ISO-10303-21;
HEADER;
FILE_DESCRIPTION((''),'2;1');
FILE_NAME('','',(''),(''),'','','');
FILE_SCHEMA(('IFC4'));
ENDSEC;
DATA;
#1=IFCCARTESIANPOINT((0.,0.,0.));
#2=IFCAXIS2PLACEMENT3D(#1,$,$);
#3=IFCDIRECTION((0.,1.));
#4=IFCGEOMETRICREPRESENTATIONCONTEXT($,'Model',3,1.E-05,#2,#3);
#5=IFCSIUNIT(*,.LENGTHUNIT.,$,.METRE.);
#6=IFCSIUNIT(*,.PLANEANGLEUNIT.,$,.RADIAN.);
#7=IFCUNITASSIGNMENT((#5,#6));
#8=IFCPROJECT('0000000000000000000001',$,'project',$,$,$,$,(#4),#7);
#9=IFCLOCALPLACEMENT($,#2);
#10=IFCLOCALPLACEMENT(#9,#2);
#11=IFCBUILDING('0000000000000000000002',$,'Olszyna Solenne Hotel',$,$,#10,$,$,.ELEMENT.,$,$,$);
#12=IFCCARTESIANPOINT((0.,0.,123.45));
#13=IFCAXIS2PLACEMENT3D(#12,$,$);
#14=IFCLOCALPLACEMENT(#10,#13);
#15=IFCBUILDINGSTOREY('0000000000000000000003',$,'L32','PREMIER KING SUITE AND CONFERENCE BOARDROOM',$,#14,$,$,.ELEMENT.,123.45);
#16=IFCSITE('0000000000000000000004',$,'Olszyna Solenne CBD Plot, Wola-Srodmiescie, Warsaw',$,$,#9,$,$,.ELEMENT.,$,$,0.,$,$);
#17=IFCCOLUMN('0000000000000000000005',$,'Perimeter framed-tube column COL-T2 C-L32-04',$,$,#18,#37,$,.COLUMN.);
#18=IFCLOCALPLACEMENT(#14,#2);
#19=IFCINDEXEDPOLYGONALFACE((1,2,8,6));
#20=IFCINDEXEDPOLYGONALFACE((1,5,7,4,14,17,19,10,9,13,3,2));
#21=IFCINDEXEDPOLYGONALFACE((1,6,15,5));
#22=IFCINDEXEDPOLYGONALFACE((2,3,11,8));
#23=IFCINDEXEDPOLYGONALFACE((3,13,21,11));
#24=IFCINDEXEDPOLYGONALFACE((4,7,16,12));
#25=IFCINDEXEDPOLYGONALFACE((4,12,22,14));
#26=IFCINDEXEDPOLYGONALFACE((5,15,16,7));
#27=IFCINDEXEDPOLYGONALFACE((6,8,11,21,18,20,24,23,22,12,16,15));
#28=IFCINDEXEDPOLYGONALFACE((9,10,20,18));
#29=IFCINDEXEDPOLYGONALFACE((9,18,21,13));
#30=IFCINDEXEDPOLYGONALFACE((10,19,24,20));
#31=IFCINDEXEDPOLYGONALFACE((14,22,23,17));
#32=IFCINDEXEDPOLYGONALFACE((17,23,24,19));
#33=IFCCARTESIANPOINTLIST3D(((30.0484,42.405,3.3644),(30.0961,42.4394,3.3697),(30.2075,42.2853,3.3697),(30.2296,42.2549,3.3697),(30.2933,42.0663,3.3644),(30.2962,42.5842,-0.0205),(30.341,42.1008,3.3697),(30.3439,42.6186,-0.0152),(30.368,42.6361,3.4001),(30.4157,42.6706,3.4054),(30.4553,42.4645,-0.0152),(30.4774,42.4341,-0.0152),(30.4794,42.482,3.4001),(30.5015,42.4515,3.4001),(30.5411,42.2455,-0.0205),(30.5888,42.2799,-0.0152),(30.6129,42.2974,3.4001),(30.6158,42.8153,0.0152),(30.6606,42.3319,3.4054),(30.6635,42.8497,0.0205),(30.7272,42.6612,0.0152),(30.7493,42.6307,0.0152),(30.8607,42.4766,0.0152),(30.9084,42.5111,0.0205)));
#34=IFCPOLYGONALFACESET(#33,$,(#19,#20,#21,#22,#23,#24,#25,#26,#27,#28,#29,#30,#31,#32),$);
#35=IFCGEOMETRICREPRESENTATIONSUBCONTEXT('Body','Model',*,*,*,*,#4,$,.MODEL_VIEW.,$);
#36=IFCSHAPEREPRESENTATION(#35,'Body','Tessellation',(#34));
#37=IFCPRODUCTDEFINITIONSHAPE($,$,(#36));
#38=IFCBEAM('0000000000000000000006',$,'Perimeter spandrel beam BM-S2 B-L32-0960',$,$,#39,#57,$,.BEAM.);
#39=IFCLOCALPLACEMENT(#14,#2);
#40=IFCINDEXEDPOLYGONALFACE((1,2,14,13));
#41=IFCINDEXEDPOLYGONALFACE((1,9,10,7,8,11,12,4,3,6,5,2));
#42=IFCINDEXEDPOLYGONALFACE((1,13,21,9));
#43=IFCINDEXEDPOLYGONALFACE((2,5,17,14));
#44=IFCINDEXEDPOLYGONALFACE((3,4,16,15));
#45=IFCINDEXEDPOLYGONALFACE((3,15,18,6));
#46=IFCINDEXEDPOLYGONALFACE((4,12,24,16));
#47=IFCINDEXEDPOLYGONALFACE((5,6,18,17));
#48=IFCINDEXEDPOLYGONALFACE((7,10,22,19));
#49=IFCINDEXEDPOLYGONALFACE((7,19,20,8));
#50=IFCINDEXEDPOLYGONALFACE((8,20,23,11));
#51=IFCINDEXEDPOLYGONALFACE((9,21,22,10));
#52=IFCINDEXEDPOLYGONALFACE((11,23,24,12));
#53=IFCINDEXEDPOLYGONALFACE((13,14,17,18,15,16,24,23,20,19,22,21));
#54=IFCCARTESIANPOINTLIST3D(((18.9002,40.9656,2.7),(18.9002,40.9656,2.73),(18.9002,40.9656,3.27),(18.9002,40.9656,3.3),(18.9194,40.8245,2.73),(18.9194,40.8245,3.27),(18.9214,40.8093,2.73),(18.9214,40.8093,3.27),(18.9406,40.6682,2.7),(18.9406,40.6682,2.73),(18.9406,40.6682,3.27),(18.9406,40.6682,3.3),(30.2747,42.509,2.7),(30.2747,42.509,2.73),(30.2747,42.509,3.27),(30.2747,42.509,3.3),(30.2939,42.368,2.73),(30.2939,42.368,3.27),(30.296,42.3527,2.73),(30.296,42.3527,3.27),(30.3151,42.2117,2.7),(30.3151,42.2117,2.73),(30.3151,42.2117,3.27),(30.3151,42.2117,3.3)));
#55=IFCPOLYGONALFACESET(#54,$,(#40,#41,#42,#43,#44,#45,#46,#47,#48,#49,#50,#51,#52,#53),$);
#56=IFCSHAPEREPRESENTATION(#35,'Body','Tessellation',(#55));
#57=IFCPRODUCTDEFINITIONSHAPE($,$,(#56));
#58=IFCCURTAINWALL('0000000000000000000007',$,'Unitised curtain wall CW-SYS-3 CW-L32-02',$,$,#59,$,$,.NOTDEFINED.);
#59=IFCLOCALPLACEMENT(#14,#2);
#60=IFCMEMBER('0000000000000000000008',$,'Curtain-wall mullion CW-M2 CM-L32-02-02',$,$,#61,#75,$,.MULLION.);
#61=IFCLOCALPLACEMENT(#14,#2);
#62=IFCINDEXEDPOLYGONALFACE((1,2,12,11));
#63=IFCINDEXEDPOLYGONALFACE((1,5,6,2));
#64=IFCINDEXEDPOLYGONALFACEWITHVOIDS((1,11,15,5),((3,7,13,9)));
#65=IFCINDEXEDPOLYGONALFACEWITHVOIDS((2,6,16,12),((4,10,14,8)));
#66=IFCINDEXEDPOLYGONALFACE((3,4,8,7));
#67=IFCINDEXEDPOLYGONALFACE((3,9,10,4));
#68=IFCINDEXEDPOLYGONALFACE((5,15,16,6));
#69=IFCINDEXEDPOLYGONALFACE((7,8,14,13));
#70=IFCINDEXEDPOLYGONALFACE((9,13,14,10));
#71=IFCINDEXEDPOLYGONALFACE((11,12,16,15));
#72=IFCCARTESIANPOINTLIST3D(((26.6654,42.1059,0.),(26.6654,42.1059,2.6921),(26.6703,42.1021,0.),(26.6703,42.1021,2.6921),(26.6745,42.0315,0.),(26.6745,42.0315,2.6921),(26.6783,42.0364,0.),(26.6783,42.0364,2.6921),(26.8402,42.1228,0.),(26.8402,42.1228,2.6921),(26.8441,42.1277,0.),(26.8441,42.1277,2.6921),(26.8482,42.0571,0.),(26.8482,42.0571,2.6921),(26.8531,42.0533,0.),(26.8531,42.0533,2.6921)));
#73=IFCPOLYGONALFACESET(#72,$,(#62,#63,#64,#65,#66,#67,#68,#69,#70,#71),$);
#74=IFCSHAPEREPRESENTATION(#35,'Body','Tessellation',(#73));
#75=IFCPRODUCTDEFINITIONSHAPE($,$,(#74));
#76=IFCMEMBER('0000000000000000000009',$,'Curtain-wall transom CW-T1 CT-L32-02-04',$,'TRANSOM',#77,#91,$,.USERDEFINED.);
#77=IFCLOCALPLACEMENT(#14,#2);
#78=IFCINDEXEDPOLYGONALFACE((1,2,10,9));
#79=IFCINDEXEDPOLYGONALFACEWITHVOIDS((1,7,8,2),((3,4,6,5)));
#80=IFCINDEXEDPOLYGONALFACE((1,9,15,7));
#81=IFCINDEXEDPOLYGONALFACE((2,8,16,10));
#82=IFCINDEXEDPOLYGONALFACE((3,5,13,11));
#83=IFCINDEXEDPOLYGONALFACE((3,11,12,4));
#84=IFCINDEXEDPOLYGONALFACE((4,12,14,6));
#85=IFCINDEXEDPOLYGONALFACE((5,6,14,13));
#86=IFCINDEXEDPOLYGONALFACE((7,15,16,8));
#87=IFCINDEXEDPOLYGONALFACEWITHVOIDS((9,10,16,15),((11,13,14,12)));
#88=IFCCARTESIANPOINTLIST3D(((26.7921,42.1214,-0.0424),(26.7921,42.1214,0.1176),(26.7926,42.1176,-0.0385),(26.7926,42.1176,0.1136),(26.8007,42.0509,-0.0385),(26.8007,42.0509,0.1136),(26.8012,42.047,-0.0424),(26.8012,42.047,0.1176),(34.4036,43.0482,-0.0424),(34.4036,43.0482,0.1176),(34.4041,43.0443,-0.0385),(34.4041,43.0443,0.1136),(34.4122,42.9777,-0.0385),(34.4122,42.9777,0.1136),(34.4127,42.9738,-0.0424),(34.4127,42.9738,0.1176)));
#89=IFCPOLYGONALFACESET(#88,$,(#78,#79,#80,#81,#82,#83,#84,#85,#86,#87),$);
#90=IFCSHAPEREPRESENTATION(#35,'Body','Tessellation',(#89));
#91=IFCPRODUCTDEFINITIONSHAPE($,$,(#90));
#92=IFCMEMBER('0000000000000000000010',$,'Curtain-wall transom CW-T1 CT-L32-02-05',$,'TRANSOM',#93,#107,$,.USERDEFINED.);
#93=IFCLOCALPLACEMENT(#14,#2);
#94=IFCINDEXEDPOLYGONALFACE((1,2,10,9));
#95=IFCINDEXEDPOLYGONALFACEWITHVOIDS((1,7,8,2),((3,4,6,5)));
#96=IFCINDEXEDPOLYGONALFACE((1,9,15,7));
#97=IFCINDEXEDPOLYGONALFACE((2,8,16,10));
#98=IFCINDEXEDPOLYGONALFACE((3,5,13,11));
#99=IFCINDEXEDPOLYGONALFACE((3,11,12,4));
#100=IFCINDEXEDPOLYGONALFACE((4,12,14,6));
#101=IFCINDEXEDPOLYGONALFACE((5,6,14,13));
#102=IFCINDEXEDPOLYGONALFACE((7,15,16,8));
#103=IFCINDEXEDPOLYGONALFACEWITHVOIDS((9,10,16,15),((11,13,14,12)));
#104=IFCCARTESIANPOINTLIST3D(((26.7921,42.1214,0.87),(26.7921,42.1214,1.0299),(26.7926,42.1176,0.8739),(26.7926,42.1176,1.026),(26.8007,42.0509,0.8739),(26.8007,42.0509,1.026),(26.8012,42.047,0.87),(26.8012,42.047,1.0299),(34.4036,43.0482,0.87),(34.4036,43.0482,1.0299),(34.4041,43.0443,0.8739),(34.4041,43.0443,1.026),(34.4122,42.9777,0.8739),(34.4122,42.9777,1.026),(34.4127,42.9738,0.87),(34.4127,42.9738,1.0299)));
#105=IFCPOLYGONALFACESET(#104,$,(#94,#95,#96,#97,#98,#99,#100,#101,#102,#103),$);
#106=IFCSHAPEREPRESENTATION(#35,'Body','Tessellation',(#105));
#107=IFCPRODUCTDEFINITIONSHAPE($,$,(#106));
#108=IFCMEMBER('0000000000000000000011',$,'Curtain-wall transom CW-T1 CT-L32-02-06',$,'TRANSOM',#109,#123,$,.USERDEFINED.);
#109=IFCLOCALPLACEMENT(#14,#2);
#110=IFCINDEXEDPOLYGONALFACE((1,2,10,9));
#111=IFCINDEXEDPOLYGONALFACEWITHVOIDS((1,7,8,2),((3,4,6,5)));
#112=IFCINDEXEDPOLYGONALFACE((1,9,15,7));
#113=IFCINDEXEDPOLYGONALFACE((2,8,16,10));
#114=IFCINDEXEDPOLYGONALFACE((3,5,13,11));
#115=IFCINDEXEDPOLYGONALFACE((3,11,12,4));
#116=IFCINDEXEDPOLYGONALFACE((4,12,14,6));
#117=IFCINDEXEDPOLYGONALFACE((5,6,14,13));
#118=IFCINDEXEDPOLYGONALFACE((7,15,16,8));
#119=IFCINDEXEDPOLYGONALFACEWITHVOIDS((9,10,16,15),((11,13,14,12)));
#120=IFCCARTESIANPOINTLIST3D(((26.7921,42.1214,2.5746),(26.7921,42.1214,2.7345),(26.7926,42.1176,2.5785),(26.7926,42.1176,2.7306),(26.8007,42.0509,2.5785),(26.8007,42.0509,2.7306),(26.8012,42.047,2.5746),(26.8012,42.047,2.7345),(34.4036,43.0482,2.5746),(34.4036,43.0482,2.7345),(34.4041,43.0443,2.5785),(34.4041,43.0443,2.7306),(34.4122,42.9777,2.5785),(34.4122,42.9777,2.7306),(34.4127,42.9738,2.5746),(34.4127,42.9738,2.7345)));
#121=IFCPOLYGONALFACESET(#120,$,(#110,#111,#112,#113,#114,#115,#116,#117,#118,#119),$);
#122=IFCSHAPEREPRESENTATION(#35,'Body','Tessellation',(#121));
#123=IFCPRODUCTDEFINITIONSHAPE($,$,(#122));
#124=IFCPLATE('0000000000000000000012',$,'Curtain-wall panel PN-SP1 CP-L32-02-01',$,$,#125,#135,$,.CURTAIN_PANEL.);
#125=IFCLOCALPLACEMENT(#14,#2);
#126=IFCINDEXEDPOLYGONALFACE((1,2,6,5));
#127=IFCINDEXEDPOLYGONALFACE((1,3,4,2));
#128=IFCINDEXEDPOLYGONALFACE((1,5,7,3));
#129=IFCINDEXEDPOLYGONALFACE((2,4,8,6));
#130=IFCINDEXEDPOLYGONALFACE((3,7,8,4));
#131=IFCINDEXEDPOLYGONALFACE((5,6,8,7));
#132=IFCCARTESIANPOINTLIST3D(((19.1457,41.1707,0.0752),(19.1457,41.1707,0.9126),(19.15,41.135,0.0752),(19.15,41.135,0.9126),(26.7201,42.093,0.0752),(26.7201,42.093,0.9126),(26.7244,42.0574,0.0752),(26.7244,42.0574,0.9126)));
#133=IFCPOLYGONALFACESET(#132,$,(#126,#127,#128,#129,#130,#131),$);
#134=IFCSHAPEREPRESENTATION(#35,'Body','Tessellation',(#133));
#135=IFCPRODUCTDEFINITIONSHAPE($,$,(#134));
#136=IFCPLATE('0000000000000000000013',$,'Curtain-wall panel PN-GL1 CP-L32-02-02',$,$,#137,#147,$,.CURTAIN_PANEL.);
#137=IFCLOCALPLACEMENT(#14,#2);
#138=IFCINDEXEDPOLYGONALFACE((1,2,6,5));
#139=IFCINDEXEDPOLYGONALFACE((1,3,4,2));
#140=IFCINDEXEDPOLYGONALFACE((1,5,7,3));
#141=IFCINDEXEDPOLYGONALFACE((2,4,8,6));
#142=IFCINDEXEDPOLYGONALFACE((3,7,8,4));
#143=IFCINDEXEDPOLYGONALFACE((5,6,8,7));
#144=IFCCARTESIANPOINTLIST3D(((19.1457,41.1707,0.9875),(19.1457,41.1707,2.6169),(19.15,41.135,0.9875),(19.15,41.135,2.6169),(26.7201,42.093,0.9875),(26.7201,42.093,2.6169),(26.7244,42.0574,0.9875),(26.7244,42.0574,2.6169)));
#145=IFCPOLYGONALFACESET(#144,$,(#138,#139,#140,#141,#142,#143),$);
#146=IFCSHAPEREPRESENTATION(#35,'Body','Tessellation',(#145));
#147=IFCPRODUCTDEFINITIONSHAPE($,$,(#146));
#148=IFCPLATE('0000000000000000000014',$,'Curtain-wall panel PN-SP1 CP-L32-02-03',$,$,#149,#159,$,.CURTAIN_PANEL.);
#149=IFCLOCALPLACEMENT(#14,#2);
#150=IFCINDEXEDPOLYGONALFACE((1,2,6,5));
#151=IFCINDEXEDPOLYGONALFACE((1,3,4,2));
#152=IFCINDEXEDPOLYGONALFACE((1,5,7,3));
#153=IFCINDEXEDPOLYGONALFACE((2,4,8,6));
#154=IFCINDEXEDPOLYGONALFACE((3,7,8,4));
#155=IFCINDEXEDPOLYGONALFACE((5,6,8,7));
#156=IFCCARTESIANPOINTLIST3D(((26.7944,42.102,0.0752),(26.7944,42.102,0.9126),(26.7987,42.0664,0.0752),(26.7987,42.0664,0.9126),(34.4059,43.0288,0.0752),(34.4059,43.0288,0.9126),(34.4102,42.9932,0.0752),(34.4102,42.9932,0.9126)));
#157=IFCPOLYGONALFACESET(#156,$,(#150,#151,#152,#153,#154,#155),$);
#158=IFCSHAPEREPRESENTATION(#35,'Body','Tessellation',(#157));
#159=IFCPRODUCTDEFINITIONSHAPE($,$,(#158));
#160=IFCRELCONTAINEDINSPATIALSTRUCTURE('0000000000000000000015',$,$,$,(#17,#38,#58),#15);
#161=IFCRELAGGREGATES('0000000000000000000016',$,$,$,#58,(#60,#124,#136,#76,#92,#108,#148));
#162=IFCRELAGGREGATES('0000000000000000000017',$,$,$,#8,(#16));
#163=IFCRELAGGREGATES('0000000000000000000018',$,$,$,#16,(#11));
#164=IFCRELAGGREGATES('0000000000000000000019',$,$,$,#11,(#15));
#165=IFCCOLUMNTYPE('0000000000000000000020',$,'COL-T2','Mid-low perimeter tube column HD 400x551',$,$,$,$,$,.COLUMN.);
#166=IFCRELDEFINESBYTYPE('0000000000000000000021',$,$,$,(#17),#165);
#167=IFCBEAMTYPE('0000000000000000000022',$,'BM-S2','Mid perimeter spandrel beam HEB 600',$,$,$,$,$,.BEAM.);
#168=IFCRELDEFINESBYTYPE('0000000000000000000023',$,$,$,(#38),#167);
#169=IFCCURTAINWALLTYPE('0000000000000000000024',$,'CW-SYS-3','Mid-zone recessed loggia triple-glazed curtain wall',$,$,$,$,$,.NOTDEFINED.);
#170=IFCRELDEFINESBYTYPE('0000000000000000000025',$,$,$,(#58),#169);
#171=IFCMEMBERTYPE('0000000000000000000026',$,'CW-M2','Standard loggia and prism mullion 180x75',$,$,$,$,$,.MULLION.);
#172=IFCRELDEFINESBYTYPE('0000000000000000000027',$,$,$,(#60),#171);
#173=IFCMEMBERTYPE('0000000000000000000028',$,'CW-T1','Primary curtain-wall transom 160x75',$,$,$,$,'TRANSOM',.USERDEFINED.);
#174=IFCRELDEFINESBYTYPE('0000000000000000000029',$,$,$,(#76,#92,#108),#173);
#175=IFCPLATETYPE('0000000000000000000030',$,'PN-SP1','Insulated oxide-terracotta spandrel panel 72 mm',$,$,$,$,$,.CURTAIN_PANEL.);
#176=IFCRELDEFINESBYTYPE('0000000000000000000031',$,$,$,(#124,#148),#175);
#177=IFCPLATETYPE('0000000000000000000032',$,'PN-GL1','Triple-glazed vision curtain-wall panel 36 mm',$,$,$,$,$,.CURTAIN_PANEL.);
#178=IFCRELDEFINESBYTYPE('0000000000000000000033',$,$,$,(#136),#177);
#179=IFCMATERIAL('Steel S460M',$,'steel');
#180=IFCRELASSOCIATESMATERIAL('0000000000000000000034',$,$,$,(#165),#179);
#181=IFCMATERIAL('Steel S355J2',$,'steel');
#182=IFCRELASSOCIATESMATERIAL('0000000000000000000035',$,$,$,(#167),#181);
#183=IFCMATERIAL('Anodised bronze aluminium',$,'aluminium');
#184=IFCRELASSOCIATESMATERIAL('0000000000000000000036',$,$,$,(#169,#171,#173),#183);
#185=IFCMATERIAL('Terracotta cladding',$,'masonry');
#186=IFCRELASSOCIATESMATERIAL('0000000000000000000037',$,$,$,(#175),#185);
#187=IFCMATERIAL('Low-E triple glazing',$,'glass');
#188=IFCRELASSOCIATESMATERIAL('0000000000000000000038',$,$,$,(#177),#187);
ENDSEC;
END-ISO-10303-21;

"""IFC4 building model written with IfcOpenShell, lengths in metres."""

from ifc_helpers import new_model, si_unit, direction, frame, origin, origin_2d, place, context, subcontext, project, spatial, rectangle, hollow_rectangle, i_section, extrude, source, transform, mapped, material, material_profile, profile_set, type_object, element, aggregate, save


model = new_model("IFC4")

# Units and contexts
model_context = context("Model", 3, precision=1e-05, world=origin(), true_north=direction((0.0, 1.0)))
body_context = subcontext(model_context, "Body", "Model", "MODEL_VIEW")
ifc_project = project(units=[si_unit("LENGTHUNIT", "METRE"), si_unit("PLANEANGLEUNIT", "RADIAN")], contexts=[model_context])

# Site, building, storey
site_placement = place(None, origin())
site = spatial("IfcSite", under=ifc_project, at=site_placement, Name="Olszyna Solenne CBD Plot, Wola-Srodmiescie, Warsaw", CompositionType="ELEMENT", RefElevation=0.0)
building_placement = place(site_placement, origin())
building = spatial("IfcBuilding", under=site, at=building_placement, Name="Olszyna Solenne Hotel", CompositionType="ELEMENT")
storey_placement = place(building_placement, frame((0.0, 0.0, 123.45)))
storey = spatial("IfcBuildingStorey", under=building, at=storey_placement, Name="L32", Description="PREMIER KING SUITE AND CONFERENCE BOARDROOM", CompositionType="ELEMENT", Elevation=123.45)

# Column
ifc_material_1 = material(Name="Steel S460M", Category="steel")
ifc_material_profile_1 = material_profile(ifc_material_1, i_section(OverallWidth=0.418, OverallDepth=0.4551, WebThickness=0.0376, FlangeThickness=0.0591, at=origin_2d()), Name="HD 400x551", Category="load-bearing")
ifc_profile_set_1 = profile_set([ifc_material_profile_1], Name="Steel S460M")
column_type = type_object("IfcColumnType", Name="COL-T2", Description="Mid-low perimeter tube column HD 400x551", PredefinedType="COLUMN", material=ifc_profile_set_1)
shared_shape_1 = source(origin(), body_context, "Body", "SweptSolid", [
    extrude(i_section(OverallWidth=0.418, OverallDepth=0.4551, WebThickness=0.0376, FlangeThickness=0.0591, at=origin_2d()), origin(), (0.0, 0.0, 1.0), 3.3987),
])
column_placement = place(storey_placement, frame((30.6023, 42.5476, 0.0), z_axis=(-0.072909, -0.052724, 0.995944), x_axis=(0.585986, -0.810321, 0.0)))
element("IfcColumn", 1, at=column_placement, inside=storey, type_object=column_type, Name="Perimeter framed-tube column COL-T2 C-L32-04", PredefinedType="COLUMN", context=body_context, shape_type="MappedRepresentation", body=[
    mapped(shared_shape_1, transform((0.0, 0.0, 0.0), x_axis=(1.0, 0.0, 0.0), y_axis=(0.0, 1.0, 0.0), z_axis=(0.0, 0.0, 1.0), scale=1.0)),
])

# Beam
ifc_material_2 = material(Name="Steel S355J2", Category="steel")
ifc_material_profile_2 = material_profile(ifc_material_2, i_section(OverallWidth=0.3, OverallDepth=0.6001, WebThickness=0.0154, FlangeThickness=0.03, at=origin_2d()), Name="HEB 600", Category="load-bearing")
ifc_profile_set_2 = profile_set([ifc_material_profile_2], Name="Steel S355J2")
beam_type = type_object("IfcBeamType", Name="BM-S2", Description="Mid perimeter spandrel beam HEB 600", PredefinedType="BEAM", material=ifc_profile_set_2)
shared_shape_2 = source(origin(), body_context, "Body", "SweptSolid", [
    extrude(i_section(OverallWidth=0.3, OverallDepth=0.6001, WebThickness=0.0154, FlangeThickness=0.03, at=origin_2d()), origin(), (0.0, 0.0, 1.0), 11.4788),
])
beam_placement = place(storey_placement, frame((30.2949, 42.3604, 3.0), z_axis=(-0.990919, -0.134462, 0.0), x_axis=(0.134462, -0.990919, 0.0)))
element("IfcBeam", 2, at=beam_placement, inside=storey, type_object=beam_type, Name="Perimeter spandrel beam BM-S2 B-L32-0960", PredefinedType="BEAM", context=body_context, shape_type="MappedRepresentation", body=[
    mapped(shared_shape_2, transform((0.0, 0.0, 0.0), x_axis=(1.0, 0.0, 0.0), y_axis=(0.0, 1.0, 0.0), z_axis=(0.0, 0.0, 1.0), scale=1.0)),
])

# Curtain wall, members, plates
ifc_material_3 = material(Name="Anodised bronze aluminium", Category="aluminium")
curtain_wall_type = type_object("IfcCurtainWallType", Name="CW-SYS-3", Description="Mid-zone recessed loggia triple-glazed curtain wall", PredefinedType="NOTDEFINED", material=ifc_material_3)
curtain_wall_placement = place(storey_placement, origin())
curtain_wall = element("IfcCurtainWall", 3, at=curtain_wall_placement, inside=storey, type_object=curtain_wall_type, Name="Unitised curtain wall CW-SYS-3 CW-L32-02", PredefinedType="NOTDEFINED")
ifc_material_profile_3 = material_profile(ifc_material_3, hollow_rectangle(XDim=0.075, YDim=0.1799, WallThickness=0.0044, at=origin_2d()), Name="MULL 180x75x4.5", Category="load-bearing")
ifc_profile_set_3 = profile_set([ifc_material_profile_3], Name="Anodised bronze aluminium")
member_type_1 = type_object("IfcMemberType", Name="CW-M2", Description="Standard loggia and prism mullion 180x75", PredefinedType="MULLION", material=ifc_profile_set_3)
shared_shape_3 = source(origin(), body_context, "Body", "SweptSolid", [
    extrude(hollow_rectangle(XDim=0.075, YDim=0.1799, WallThickness=0.0044, at=origin_2d()), origin(), (0.0, 0.0, 1.0), 2.6921),
])
member_1_placement = place(storey_placement, frame((26.7593, 42.0796, 0.0), z_axis=(0.0, 0.0, 1.0), x_axis=(-0.120877, 0.992667, 0.0)))
member_1 = element("IfcMember", 4, at=member_1_placement, type_object=member_type_1, Name="Curtain-wall mullion CW-M2 CM-L32-02-02", PredefinedType="MULLION", context=body_context, shape_type="MappedRepresentation", body=[
    mapped(shared_shape_3, transform((0.0, 0.0, 0.0), x_axis=(1.0, 0.0, 0.0), y_axis=(0.0, 1.0, 0.0), z_axis=(0.0, 0.0, 1.0), scale=1.0)),
])
ifc_material_profile_4 = material_profile(ifc_material_3, hollow_rectangle(XDim=0.075, YDim=0.1599, WallThickness=0.0039, at=origin_2d()), Name="TRAN 160x75x4", Category="load-bearing")
ifc_profile_set_4 = profile_set([ifc_material_profile_4], Name="Anodised bronze aluminium")
member_type_2 = type_object("IfcMemberType", Name="CW-T1", Description="Primary curtain-wall transom 160x75", ElementType="TRANSOM", PredefinedType="USERDEFINED", material=ifc_profile_set_4)
shared_shape_4 = source(origin(), body_context, "Body", "SweptSolid", [
    extrude(hollow_rectangle(XDim=0.075, YDim=0.1599, WallThickness=0.0039, at=origin_2d()), origin(), (0.0, 0.0, 1.0), 7.6677),
])
member_2_placement = place(storey_placement, frame((26.7966, 42.0842, 0.0376), z_axis=(0.992669, 0.120864, 0.0), x_axis=(-0.120864, 0.992669, 0.0)))
member_2 = element("IfcMember", 5, at=member_2_placement, type_object=member_type_2, Name="Curtain-wall transom CW-T1 CT-L32-02-04", ObjectType="TRANSOM", PredefinedType="USERDEFINED", context=body_context, shape_type="MappedRepresentation", body=[
    mapped(shared_shape_4, transform((0.0, 0.0, 0.0), x_axis=(1.0, 0.0, 0.0), y_axis=(0.0, 1.0, 0.0), z_axis=(0.0, 0.0, 1.0), scale=1.0)),
])
member_3_placement = place(storey_placement, frame((26.7966, 42.0842, 0.95), z_axis=(0.992669, 0.120864, 0.0), x_axis=(-0.120864, 0.992669, 0.0)))
member_3 = element("IfcMember", 6, at=member_3_placement, type_object=member_type_2, Name="Curtain-wall transom CW-T1 CT-L32-02-05", ObjectType="TRANSOM", PredefinedType="USERDEFINED", context=body_context, shape_type="MappedRepresentation", body=[
    mapped(shared_shape_4, transform((0.0, 0.0, 0.0), x_axis=(1.0, 0.0, 0.0), y_axis=(0.0, 1.0, 0.0), z_axis=(0.0, 0.0, 1.0), scale=1.0)),
])
member_4_placement = place(storey_placement, frame((26.7966, 42.0842, 2.6545), z_axis=(0.992669, 0.120864, 0.0), x_axis=(-0.120864, 0.992669, 0.0)))
member_4 = element("IfcMember", 7, at=member_4_placement, type_object=member_type_2, Name="Curtain-wall transom CW-T1 CT-L32-02-06", ObjectType="TRANSOM", PredefinedType="USERDEFINED", context=body_context, shape_type="MappedRepresentation", body=[
    mapped(shared_shape_4, transform((0.0, 0.0, 0.0), x_axis=(1.0, 0.0, 0.0), y_axis=(0.0, 1.0, 0.0), z_axis=(0.0, 0.0, 1.0), scale=1.0)),
])
ifc_material_4 = material(Name="Terracotta cladding", Category="masonry")
plate_type_1 = type_object("IfcPlateType", Name="PN-SP1", Description="Insulated oxide-terracotta spandrel panel 72 mm", PredefinedType="CURTAIN_PANEL", material=ifc_material_4)
shared_shape_5 = source(origin(), body_context, "Body", "SweptSolid", [
    extrude(rectangle(XDim=7.6304, YDim=0.0359, at=origin_2d()), origin(), (0.0, 0.0, 1.0), 0.8374),
])
plate_1_placement = place(storey_placement, frame((22.9351, 41.614, 0.0752), z_axis=(0.0, 0.0, 1.0), x_axis=(0.992667, 0.120877, 0.0)))
plate_1 = element("IfcPlate", 8, at=plate_1_placement, type_object=plate_type_1, Name="Curtain-wall panel PN-SP1 CP-L32-02-01", PredefinedType="CURTAIN_PANEL", context=body_context, shape_type="MappedRepresentation", body=[
    mapped(shared_shape_5, transform((0.0, 0.0, 0.0), x_axis=(1.0, 0.0, 0.0), y_axis=(0.0, 1.0, 0.0), z_axis=(0.0, 0.0, 1.0), scale=1.0)),
])
ifc_material_5 = material(Name="Low-E triple glazing", Category="glass")
plate_type_2 = type_object("IfcPlateType", Name="PN-GL1", Description="Triple-glazed vision curtain-wall panel 36 mm", PredefinedType="CURTAIN_PANEL", material=ifc_material_5)
shared_shape_6 = source(origin(), body_context, "Body", "SweptSolid", [
    extrude(rectangle(XDim=7.6304, YDim=0.0359, at=origin_2d()), origin(), (0.0, 0.0, 1.0), 1.6294),
])
plate_2_placement = place(storey_placement, frame((22.9351, 41.614, 0.9875), z_axis=(0.0, 0.0, 1.0), x_axis=(0.992667, 0.120877, 0.0)))
plate_2 = element("IfcPlate", 9, at=plate_2_placement, type_object=plate_type_2, Name="Curtain-wall panel PN-GL1 CP-L32-02-02", PredefinedType="CURTAIN_PANEL", context=body_context, shape_type="MappedRepresentation", body=[
    mapped(shared_shape_6, transform((0.0, 0.0, 0.0), x_axis=(1.0, 0.0, 0.0), y_axis=(0.0, 1.0, 0.0), z_axis=(0.0, 0.0, 1.0), scale=1.0)),
])
shared_shape_7 = source(origin(), body_context, "Body", "SweptSolid", [
    extrude(rectangle(XDim=7.6677, YDim=0.0359, at=origin_2d()), origin(), (0.0, 0.0, 1.0), 0.8374),
])
plate_3_placement = place(storey_placement, frame((30.6023, 42.5476, 0.0752), z_axis=(0.0, 0.0, 1.0), x_axis=(0.992667, 0.120877, 0.0)))
plate_3 = element("IfcPlate", 10, at=plate_3_placement, type_object=plate_type_1, Name="Curtain-wall panel PN-SP1 CP-L32-02-03", PredefinedType="CURTAIN_PANEL", context=body_context, shape_type="MappedRepresentation", body=[
    mapped(shared_shape_7, transform((0.0, 0.0, 0.0), x_axis=(1.0, 0.0, 0.0), y_axis=(0.0, 1.0, 0.0), z_axis=(0.0, 0.0, 1.0), scale=1.0)),
])
aggregate(curtain_wall, [member_1, plate_1, plate_2, member_2, member_3, member_4, plate_3])

save(model, "model.ifc")
